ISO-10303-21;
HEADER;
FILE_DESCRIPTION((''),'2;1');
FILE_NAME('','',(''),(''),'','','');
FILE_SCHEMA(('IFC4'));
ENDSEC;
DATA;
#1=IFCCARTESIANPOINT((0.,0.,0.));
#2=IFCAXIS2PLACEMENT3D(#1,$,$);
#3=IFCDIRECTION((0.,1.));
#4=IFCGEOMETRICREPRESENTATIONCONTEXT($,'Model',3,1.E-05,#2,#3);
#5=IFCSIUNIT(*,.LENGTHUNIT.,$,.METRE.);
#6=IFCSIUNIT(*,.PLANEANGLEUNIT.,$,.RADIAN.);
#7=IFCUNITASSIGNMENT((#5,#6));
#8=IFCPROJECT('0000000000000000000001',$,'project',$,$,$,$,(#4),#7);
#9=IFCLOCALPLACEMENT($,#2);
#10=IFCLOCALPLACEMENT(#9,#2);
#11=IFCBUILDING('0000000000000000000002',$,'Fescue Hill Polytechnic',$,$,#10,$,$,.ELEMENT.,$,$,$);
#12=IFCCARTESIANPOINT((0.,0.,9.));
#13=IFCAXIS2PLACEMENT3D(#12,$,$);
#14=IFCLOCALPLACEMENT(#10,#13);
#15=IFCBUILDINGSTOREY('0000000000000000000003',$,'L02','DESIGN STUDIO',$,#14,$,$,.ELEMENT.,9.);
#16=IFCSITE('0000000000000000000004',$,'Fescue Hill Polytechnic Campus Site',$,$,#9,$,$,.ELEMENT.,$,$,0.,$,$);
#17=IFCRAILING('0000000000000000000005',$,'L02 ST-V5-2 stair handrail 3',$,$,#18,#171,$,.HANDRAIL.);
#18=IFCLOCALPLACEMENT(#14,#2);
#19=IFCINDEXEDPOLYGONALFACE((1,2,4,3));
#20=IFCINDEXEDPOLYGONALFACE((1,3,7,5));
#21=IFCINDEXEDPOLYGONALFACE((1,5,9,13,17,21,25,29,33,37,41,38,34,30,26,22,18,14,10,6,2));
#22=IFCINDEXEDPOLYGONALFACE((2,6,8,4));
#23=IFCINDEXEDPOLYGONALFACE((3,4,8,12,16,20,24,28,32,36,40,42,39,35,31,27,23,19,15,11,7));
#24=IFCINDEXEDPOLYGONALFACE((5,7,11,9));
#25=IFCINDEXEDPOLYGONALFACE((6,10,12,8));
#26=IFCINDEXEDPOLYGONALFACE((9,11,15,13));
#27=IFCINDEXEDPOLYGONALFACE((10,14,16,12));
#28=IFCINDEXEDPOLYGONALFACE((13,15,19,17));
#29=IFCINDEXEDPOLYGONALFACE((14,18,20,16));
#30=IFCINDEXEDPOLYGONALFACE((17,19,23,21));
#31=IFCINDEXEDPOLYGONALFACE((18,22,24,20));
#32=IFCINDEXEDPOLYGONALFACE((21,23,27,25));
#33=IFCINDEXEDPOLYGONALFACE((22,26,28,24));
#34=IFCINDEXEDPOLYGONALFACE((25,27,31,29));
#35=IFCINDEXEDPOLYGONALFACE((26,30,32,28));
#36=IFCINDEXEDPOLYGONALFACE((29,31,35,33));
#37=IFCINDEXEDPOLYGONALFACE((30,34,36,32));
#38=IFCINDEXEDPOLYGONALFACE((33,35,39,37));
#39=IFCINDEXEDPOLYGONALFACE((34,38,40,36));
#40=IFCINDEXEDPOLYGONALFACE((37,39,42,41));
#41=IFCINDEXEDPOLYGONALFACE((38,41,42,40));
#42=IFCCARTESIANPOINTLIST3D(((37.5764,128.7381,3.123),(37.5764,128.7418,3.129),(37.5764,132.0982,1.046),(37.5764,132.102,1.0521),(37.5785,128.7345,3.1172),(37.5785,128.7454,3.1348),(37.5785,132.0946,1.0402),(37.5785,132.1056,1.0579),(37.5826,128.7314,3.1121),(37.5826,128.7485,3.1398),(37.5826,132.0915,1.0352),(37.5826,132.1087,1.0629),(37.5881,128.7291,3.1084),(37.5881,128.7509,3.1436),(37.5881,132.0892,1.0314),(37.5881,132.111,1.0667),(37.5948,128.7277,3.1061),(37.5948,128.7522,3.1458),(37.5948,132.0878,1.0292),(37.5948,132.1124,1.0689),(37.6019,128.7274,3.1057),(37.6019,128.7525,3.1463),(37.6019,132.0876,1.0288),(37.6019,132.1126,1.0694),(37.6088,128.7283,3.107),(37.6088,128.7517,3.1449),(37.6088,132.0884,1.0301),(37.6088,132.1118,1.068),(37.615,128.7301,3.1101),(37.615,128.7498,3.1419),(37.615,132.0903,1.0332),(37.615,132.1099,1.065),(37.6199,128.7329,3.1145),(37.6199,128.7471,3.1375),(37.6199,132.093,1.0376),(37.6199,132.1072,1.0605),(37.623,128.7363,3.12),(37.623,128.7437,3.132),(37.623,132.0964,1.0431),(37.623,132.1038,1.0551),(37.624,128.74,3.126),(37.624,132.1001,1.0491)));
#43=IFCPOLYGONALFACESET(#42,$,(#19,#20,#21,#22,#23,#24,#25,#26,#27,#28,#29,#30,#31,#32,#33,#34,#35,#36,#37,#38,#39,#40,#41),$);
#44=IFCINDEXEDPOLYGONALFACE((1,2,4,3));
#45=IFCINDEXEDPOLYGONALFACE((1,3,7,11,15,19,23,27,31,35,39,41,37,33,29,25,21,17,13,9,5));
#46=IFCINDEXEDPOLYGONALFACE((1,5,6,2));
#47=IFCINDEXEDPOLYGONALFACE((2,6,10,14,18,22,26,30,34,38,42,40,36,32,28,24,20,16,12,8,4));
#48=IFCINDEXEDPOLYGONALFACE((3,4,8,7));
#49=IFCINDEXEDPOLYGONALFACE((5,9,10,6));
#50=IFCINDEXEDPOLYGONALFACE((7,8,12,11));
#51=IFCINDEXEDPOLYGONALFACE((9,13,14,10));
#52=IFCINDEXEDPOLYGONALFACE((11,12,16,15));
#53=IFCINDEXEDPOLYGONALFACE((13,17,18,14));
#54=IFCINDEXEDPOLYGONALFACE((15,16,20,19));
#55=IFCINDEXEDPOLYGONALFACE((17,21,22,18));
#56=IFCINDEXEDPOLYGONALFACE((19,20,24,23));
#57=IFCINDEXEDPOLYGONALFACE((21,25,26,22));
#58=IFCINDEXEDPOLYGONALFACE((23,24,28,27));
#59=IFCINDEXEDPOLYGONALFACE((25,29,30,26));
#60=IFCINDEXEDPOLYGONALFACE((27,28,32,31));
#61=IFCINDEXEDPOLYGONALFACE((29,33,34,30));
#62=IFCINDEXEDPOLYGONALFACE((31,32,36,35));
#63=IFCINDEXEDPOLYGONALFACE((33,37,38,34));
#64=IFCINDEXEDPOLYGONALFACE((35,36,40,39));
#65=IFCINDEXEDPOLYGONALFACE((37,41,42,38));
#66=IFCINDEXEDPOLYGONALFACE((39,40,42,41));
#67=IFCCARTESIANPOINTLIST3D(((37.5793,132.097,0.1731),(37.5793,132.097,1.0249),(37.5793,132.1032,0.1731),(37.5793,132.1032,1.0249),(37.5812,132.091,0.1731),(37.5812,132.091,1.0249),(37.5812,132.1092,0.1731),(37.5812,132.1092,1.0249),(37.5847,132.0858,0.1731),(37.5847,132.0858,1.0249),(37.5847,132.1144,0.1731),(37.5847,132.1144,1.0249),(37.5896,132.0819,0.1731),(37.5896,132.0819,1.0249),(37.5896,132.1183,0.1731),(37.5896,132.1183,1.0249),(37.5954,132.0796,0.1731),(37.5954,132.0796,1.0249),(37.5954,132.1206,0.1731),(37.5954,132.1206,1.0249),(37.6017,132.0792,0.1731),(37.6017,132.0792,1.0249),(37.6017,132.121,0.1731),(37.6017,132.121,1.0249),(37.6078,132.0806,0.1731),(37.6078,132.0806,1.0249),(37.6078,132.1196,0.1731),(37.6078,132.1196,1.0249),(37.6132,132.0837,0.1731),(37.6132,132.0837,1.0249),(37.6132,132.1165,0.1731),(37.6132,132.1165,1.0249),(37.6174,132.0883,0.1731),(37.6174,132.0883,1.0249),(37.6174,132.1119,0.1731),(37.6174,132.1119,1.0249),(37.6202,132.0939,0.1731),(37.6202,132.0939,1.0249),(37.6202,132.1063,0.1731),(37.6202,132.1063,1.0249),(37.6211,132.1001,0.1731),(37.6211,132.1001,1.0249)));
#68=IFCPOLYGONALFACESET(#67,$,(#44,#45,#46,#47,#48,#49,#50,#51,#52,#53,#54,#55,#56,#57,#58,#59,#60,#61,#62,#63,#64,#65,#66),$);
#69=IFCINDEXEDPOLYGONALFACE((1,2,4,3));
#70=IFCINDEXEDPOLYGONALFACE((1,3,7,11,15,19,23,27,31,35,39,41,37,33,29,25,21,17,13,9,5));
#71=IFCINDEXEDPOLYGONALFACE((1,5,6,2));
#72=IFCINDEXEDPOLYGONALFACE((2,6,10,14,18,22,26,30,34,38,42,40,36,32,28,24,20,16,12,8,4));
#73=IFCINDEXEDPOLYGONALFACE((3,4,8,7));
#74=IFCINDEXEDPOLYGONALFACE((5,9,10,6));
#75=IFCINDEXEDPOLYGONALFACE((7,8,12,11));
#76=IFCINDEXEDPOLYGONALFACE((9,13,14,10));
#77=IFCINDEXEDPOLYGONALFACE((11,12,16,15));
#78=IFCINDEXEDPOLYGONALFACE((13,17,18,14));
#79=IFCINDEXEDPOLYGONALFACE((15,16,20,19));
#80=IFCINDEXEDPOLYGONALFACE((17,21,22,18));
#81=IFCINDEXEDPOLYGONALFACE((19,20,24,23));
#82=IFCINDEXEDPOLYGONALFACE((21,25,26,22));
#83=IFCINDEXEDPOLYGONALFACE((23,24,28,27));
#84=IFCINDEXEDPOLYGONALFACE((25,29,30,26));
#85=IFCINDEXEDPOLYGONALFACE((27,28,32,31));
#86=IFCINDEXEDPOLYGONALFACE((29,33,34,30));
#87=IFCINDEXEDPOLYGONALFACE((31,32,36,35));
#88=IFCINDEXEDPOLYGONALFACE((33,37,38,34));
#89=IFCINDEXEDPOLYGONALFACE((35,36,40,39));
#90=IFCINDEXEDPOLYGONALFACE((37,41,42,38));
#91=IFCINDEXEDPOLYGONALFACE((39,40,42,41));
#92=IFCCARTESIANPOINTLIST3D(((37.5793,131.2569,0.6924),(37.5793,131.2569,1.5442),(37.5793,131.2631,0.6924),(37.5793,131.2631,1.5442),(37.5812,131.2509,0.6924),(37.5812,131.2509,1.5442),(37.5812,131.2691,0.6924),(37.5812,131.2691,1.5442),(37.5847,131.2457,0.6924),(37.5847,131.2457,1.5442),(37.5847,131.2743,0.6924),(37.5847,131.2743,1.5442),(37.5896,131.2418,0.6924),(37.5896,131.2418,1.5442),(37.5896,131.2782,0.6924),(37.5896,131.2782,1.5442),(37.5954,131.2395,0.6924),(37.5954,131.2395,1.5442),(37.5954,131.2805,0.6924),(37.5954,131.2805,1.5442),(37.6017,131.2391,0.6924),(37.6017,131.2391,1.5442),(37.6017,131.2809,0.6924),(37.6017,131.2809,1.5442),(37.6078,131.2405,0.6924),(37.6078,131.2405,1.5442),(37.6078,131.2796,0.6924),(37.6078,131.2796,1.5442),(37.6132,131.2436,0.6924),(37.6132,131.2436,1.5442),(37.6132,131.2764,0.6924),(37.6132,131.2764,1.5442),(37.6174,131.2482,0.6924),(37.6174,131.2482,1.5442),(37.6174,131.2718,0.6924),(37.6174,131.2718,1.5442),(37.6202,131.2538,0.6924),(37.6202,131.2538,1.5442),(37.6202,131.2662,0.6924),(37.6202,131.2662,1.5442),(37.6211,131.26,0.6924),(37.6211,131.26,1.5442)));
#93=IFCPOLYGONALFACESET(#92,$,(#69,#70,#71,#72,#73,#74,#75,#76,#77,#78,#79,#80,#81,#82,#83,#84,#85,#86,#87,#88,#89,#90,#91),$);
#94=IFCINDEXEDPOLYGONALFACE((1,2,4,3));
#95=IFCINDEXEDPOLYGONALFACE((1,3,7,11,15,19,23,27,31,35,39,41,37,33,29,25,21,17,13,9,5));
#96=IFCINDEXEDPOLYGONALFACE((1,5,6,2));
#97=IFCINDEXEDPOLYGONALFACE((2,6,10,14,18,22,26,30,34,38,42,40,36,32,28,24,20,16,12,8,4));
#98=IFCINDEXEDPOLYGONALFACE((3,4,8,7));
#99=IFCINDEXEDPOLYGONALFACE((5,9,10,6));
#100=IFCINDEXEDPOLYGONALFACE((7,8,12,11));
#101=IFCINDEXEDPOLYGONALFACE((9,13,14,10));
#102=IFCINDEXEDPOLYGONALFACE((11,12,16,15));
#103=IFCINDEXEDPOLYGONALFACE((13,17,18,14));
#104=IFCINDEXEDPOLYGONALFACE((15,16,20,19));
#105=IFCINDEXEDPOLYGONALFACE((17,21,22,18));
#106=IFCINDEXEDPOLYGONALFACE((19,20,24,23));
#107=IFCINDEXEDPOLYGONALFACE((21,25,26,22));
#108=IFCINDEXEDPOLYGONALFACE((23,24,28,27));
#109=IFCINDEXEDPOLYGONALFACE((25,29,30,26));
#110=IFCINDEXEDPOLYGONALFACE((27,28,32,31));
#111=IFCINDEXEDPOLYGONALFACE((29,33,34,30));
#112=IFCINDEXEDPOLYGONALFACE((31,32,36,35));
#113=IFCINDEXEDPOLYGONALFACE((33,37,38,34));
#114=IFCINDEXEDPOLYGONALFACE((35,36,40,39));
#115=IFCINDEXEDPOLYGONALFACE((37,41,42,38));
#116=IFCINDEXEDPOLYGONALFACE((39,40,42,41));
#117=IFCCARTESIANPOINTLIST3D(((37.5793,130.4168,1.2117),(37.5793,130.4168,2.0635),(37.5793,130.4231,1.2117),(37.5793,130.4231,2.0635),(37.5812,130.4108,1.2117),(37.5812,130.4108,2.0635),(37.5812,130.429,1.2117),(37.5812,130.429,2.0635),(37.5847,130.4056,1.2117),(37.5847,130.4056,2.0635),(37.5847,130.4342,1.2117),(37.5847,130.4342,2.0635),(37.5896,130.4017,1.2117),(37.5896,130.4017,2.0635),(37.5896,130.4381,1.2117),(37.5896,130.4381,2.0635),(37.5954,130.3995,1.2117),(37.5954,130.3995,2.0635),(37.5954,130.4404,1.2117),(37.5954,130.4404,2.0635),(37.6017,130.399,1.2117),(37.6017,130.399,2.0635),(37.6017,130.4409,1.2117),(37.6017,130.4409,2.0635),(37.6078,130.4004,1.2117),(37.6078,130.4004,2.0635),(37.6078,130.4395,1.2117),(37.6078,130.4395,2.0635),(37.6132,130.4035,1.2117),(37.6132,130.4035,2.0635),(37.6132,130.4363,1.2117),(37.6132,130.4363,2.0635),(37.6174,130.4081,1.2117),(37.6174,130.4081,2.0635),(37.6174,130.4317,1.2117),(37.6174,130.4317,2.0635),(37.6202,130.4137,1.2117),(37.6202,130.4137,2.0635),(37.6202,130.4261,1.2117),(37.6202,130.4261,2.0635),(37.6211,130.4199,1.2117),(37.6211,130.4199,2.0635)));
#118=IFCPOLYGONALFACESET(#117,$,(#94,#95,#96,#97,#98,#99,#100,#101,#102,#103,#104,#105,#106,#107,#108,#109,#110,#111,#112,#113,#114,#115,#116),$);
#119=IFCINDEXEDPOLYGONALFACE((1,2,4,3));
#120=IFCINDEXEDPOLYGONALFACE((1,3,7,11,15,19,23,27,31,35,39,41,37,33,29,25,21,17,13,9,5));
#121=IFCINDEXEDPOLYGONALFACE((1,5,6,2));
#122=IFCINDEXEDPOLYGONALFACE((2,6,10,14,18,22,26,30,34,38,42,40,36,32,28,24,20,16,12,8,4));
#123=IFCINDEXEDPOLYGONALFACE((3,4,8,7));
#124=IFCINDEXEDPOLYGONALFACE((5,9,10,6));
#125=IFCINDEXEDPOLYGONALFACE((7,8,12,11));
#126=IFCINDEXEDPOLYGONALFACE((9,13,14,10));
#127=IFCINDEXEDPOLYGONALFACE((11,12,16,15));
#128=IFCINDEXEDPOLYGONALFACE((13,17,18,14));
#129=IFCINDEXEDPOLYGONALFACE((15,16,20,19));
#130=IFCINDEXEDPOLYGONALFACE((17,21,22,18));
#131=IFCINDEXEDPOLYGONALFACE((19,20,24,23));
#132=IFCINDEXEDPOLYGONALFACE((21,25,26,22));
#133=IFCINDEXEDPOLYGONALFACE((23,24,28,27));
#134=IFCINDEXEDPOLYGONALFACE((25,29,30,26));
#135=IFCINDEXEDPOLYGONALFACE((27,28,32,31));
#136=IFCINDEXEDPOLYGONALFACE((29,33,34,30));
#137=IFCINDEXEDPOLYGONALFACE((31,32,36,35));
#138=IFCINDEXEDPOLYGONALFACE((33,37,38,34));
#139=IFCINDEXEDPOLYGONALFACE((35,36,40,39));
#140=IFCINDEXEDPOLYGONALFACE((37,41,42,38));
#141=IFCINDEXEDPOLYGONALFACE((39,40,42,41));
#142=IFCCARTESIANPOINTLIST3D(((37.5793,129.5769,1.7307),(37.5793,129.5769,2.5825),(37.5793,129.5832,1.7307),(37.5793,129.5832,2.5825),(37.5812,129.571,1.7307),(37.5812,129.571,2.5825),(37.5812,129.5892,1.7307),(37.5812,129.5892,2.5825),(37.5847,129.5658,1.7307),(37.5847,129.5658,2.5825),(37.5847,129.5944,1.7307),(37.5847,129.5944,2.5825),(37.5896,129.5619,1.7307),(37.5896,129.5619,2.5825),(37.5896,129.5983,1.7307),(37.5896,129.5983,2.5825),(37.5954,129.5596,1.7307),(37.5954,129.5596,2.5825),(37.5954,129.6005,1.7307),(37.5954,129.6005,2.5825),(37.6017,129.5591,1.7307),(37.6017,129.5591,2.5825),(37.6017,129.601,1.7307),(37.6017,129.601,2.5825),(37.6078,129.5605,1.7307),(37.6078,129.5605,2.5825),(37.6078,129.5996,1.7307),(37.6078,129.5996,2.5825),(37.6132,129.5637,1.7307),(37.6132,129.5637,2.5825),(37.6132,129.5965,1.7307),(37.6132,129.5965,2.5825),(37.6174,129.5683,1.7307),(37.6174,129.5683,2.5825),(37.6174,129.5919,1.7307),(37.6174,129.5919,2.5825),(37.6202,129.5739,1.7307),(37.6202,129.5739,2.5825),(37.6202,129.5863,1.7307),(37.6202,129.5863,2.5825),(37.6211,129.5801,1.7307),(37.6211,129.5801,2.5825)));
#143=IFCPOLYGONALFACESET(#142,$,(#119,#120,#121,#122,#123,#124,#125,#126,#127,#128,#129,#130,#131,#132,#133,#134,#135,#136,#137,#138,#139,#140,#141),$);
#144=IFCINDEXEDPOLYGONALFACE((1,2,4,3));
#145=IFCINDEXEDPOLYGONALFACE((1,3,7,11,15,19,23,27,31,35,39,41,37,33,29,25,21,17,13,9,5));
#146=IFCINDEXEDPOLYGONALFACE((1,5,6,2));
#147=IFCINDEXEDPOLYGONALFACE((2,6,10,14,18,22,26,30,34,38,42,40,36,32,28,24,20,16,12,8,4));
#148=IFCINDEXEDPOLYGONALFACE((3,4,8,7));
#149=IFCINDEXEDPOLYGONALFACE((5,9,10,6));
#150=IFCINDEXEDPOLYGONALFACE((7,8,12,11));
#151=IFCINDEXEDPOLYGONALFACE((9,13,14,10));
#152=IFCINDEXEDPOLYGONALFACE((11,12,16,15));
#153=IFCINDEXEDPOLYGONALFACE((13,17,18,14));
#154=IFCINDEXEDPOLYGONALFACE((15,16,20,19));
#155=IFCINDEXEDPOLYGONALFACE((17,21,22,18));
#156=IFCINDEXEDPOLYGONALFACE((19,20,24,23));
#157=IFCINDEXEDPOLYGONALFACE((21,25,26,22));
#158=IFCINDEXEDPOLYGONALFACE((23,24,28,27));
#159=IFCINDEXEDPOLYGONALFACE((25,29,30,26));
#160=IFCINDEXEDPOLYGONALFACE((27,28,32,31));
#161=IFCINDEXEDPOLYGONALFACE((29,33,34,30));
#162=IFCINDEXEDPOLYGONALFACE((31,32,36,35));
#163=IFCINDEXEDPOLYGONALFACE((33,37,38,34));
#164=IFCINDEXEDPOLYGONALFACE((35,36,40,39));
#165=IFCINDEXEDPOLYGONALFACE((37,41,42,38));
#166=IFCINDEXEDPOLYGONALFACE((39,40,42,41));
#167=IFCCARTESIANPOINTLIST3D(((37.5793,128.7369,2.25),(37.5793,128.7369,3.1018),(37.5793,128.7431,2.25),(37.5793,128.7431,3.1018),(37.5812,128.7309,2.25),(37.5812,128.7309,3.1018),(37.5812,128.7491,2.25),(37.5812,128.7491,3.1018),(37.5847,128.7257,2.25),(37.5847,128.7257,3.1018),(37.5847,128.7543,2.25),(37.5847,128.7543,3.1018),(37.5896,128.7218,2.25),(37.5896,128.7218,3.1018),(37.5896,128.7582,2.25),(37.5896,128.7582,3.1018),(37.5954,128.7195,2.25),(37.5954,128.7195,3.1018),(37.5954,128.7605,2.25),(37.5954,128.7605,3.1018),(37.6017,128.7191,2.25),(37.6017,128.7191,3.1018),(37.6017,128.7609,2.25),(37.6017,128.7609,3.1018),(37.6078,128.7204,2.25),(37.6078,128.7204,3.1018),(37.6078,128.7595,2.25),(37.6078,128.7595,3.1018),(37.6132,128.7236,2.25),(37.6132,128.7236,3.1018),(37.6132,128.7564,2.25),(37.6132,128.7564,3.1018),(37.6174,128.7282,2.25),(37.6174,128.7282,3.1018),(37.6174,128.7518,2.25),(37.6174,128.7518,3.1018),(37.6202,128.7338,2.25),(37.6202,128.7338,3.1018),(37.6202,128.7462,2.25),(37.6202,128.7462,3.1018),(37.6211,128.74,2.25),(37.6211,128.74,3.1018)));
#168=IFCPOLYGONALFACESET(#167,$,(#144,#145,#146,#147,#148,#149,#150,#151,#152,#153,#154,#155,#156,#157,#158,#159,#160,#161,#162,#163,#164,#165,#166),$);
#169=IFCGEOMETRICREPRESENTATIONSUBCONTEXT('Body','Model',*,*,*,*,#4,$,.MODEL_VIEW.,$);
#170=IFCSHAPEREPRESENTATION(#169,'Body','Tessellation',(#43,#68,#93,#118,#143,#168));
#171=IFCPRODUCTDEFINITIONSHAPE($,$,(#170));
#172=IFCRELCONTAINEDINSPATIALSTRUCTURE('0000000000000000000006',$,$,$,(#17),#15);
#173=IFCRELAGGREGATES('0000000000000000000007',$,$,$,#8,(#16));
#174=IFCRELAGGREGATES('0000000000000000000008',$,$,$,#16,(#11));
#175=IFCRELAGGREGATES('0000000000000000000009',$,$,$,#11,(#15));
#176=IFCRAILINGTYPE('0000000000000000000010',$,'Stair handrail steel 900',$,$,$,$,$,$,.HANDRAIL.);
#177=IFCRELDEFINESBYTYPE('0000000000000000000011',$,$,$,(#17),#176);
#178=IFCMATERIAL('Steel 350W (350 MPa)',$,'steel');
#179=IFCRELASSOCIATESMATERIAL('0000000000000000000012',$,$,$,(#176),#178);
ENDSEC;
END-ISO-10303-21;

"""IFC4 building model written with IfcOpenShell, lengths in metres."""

from ifc_helpers import new_model, si_unit, direction, frame, origin, origin_2d, place, context, subcontext, project, spatial, circle, extrude, material, type_object, element, save


model = new_model("IFC4")

# Units and contexts
model_context = context("Model", 3, precision=1e-05, world=origin(), true_north=direction((0.0, 1.0)))
body_context = subcontext(model_context, "Body", "Model", "MODEL_VIEW")
ifc_project = project(units=[si_unit("LENGTHUNIT", "METRE"), si_unit("PLANEANGLEUNIT", "RADIAN")], contexts=[model_context])

# Site, building, storey
site_placement = place(None, origin())
site = spatial("IfcSite", under=ifc_project, at=site_placement, Name="Fescue Hill Polytechnic Campus Site", CompositionType="ELEMENT", RefElevation=0.0)
building_placement = place(site_placement, origin())
building = spatial("IfcBuilding", under=site, at=building_placement, Name="Fescue Hill Polytechnic", CompositionType="ELEMENT")
storey_placement = place(building_placement, frame((0.0, 0.0, 9.0)))
storey = spatial("IfcBuildingStorey", under=building, at=storey_placement, Name="L02", Description="DESIGN STUDIO", CompositionType="ELEMENT", Elevation=9.0)

# Railing
ifc_material_1 = material(Name="Steel 350W (350 MPa)", Category="steel")
railing_type_1 = type_object("IfcRailingType", Name="Stair handrail steel 900", PredefinedType="HANDRAIL", material=ifc_material_1)
railing_1_placement = place(storey_placement, frame((37.6001, 132.1001, 0.1731)))
element("IfcRailing", 1, at=railing_1_placement, inside=storey, type_object=railing_type_1, Name="L02 ST-V5-2 stair handrail 3", PredefinedType="HANDRAIL", context=body_context, shape_type="SweptSolid", body=[
    extrude(circle(Radius=0.0239, at=origin_2d()), frame((0.0, 0.0, 0.876), z_axis=(0.0, -0.850623, 0.525776), x_axis=(1.0, 0.0, 0.0)), (0.0, 0.0, 1.0), 3.9502),
    extrude(circle(Radius=0.021, at=origin_2d()), origin(), (0.0, 0.0, 1.0), 0.8518),
    extrude(circle(Radius=0.021, at=origin_2d()), frame((0.0, -0.8401, 0.5193)), (0.0, 0.0, 1.0), 0.8518),
    extrude(circle(Radius=0.021, at=origin_2d()), frame((0.0, -1.6802, 1.0386)), (0.0, 0.0, 1.0), 0.8518),
    extrude(circle(Radius=0.021, at=origin_2d()), frame((0.0, -2.52, 1.5576)), (0.0, 0.0, 1.0), 0.8518),
    extrude(circle(Radius=0.021, at=origin_2d()), frame((0.0, -3.3601, 2.0769)), (0.0, 0.0, 1.0), 0.8518),
])

save(model, "model.ifc")
